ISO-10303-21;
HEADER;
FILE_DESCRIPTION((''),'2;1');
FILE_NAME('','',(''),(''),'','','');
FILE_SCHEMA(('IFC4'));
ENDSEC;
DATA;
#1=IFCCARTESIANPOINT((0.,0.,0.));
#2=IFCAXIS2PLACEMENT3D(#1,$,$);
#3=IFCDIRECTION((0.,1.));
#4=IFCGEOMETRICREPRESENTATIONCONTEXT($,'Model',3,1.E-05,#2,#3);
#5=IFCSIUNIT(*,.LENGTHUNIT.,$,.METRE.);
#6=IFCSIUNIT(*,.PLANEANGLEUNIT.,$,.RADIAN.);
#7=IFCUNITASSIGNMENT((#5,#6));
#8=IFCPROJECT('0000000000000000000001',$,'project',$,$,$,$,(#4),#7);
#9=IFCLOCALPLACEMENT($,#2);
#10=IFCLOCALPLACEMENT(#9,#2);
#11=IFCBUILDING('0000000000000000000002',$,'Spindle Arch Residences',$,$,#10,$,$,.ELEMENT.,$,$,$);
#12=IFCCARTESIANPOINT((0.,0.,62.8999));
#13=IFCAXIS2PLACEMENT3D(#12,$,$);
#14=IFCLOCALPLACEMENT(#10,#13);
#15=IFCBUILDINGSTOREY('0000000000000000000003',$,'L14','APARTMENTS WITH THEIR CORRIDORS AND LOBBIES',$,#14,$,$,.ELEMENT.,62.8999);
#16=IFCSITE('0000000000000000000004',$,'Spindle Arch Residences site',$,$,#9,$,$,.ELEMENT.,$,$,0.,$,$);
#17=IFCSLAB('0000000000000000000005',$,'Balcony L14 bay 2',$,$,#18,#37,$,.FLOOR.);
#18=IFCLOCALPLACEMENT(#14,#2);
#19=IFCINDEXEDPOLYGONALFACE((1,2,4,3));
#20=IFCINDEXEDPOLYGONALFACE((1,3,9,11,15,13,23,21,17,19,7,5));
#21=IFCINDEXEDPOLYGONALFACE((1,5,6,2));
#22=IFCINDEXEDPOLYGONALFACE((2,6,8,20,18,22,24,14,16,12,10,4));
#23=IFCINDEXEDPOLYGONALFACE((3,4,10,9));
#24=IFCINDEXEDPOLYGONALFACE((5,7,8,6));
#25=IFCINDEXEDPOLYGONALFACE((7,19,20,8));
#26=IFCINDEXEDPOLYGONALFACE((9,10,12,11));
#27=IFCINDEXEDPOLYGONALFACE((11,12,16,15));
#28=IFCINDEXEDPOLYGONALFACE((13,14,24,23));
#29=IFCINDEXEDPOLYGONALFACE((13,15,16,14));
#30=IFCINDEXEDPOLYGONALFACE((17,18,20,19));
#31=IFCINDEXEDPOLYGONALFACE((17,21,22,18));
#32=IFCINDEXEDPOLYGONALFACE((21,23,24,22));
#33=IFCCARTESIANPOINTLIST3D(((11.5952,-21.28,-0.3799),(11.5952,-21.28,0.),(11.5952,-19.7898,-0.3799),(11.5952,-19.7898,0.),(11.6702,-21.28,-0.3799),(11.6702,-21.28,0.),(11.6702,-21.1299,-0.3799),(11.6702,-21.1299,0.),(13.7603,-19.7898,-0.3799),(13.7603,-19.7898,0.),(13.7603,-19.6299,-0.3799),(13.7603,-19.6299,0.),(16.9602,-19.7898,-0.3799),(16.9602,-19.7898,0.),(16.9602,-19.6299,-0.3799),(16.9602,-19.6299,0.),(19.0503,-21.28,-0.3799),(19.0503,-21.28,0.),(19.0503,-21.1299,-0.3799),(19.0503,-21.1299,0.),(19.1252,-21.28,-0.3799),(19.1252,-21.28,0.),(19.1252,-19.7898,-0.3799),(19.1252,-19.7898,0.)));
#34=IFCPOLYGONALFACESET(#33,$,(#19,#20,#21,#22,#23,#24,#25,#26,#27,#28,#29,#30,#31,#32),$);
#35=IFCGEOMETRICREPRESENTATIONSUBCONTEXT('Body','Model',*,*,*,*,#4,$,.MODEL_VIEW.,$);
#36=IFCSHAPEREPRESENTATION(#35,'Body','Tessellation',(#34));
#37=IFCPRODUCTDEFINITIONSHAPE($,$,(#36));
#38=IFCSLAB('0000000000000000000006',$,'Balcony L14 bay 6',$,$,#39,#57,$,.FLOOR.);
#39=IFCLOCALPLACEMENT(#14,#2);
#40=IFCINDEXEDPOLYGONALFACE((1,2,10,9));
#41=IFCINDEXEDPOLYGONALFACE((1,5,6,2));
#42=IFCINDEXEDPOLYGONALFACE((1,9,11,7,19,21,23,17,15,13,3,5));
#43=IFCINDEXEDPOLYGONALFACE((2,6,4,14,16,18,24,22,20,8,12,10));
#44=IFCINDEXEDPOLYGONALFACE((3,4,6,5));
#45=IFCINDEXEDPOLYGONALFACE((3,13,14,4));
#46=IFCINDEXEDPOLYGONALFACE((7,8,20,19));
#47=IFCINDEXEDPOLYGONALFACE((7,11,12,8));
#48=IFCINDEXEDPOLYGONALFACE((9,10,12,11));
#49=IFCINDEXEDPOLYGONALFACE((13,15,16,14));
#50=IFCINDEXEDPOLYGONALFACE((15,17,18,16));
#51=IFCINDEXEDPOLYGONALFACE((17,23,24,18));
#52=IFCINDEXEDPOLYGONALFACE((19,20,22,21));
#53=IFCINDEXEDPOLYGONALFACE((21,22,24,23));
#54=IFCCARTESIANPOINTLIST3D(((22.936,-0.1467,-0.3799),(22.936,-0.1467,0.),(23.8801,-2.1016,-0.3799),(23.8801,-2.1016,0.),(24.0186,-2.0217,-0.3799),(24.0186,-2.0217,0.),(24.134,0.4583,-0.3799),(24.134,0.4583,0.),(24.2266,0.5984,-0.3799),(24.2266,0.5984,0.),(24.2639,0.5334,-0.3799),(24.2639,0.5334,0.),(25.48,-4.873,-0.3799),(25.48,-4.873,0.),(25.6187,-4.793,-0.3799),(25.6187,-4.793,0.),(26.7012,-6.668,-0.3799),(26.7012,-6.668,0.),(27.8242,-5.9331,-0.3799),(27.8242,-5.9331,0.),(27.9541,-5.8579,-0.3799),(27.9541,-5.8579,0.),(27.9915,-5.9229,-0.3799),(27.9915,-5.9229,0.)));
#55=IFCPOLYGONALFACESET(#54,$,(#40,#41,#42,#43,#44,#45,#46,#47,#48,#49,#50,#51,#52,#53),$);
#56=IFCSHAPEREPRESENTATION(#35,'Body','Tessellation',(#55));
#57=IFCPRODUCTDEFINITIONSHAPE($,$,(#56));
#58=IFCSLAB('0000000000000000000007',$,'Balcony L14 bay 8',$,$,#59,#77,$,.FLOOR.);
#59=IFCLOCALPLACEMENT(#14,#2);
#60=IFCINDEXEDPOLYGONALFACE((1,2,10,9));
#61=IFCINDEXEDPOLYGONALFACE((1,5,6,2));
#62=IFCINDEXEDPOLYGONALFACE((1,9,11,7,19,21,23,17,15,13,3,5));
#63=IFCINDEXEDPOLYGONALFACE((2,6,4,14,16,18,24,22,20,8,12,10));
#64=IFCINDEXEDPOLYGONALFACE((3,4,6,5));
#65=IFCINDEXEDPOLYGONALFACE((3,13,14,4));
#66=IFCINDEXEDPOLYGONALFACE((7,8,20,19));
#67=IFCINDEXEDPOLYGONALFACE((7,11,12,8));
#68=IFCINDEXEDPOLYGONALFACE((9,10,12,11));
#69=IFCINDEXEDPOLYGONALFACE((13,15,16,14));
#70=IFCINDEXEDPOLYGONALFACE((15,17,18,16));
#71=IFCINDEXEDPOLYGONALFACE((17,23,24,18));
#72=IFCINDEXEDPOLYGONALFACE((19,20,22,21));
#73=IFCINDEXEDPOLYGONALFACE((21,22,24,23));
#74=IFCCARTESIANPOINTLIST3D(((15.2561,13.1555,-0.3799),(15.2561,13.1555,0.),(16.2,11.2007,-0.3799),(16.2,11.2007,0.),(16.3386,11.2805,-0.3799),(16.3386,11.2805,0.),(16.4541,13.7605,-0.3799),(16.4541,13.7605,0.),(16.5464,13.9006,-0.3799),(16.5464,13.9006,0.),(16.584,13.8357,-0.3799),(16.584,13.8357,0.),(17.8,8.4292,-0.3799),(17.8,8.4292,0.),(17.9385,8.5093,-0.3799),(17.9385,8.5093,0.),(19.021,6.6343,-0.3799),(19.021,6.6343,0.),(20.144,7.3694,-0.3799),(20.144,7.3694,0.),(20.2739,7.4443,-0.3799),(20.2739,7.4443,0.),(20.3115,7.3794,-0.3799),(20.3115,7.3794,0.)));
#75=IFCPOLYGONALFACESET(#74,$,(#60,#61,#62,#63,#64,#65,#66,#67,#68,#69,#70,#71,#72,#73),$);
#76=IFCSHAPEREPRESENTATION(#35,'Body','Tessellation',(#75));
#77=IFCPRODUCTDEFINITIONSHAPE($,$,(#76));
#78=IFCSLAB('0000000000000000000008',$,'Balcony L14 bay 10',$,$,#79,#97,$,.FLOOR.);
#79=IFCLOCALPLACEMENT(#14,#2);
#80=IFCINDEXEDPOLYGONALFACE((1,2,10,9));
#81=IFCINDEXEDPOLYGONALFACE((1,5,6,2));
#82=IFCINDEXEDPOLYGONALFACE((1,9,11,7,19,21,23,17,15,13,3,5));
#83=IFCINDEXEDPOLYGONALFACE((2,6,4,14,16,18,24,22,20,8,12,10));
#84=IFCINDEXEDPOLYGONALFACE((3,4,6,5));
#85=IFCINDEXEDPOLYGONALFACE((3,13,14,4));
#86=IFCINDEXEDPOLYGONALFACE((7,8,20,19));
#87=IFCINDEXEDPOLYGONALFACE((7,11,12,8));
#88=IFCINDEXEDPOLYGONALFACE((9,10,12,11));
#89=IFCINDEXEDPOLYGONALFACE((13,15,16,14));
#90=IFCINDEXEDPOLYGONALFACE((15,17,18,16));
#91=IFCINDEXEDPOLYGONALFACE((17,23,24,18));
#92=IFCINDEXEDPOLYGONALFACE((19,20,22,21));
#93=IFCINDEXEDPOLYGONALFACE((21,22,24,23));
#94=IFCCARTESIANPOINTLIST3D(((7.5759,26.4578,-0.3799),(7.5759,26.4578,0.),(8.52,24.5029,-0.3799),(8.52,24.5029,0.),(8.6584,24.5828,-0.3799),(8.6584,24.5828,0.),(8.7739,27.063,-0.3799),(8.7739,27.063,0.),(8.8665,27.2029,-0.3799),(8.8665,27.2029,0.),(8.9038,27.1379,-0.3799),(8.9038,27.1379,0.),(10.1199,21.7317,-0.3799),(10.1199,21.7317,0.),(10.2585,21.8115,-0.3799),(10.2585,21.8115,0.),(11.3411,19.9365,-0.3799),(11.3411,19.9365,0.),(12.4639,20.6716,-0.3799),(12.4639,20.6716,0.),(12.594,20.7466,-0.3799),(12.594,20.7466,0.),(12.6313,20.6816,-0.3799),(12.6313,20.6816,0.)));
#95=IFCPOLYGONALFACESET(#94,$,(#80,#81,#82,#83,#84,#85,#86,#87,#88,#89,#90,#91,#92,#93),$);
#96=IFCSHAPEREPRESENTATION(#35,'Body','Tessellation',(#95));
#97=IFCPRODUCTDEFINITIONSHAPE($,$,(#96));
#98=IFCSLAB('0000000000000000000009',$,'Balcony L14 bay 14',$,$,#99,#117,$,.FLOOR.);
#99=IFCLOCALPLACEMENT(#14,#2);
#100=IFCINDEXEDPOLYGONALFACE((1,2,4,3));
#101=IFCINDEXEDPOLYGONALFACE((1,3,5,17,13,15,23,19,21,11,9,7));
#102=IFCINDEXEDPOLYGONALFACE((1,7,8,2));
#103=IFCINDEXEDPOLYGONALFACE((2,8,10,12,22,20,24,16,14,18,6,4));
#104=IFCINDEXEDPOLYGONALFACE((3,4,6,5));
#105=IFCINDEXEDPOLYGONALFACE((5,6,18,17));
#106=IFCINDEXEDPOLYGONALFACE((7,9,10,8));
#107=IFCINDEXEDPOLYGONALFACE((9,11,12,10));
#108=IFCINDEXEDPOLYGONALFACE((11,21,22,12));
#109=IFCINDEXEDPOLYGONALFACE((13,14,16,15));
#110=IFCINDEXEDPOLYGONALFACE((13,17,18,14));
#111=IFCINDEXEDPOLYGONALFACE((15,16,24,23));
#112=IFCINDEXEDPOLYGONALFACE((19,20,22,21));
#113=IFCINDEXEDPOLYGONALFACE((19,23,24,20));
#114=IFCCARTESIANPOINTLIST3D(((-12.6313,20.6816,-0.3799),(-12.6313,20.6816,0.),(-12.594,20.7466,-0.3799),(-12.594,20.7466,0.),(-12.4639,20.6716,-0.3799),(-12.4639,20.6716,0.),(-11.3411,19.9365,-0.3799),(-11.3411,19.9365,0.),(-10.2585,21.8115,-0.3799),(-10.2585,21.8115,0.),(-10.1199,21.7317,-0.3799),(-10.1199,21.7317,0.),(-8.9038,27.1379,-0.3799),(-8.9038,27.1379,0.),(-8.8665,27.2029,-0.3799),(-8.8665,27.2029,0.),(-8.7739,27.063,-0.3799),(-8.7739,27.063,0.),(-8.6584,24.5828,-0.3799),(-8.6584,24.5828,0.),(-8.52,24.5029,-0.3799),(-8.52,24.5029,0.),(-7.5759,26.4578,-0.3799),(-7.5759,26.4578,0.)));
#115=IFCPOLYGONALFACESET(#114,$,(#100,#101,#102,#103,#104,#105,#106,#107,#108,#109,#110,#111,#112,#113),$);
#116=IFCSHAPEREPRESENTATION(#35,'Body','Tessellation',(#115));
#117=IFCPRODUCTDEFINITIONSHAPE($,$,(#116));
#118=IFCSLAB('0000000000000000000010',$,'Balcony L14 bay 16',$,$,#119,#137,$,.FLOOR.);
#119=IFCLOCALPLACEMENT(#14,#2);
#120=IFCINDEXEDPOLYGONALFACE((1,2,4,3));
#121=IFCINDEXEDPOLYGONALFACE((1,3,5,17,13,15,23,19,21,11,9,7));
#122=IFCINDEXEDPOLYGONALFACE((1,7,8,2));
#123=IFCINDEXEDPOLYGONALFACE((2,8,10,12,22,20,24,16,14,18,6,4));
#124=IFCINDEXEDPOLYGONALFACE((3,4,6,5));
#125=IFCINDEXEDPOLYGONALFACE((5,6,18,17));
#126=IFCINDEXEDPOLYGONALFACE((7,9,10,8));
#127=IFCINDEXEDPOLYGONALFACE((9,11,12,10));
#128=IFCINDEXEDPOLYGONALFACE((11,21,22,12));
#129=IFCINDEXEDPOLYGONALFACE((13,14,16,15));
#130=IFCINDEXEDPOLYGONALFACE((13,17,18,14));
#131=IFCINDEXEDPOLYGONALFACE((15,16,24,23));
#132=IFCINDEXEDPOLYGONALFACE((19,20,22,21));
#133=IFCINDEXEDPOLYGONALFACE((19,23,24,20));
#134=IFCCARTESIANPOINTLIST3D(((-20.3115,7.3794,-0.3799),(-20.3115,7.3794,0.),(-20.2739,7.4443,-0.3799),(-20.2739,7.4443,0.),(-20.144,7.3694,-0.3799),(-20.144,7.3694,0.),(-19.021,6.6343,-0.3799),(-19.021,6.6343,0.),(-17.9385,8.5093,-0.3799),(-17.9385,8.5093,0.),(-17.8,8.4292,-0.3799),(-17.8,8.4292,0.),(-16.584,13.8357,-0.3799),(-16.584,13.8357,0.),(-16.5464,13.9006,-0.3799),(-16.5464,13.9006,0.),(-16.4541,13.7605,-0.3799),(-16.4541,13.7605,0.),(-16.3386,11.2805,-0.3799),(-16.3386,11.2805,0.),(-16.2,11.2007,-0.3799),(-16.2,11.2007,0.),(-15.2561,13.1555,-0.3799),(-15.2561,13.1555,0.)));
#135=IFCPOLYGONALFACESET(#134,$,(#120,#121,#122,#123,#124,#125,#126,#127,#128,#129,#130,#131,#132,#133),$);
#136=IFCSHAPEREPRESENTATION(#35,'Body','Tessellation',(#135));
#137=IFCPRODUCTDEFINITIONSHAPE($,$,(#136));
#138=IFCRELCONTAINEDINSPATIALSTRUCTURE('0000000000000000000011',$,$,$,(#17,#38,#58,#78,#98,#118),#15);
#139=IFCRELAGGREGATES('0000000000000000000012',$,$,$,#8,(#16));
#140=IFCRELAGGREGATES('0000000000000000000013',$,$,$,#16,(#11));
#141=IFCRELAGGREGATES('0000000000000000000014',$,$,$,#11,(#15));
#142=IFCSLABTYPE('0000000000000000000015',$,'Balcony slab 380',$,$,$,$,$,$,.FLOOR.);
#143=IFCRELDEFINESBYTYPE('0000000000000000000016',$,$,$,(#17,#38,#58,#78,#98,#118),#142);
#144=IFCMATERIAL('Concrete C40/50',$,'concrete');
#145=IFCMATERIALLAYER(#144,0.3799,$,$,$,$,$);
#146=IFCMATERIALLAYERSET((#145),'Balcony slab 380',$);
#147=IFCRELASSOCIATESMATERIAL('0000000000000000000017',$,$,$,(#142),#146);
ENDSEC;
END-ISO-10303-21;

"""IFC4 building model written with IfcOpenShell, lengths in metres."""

from ifc_helpers import new_model, si_unit, direction, frame, origin, place, context, subcontext, project, spatial, polyline, outline, extrude, material, layer, layer_set, type_object, element, save


model = new_model("IFC4")

# Units and contexts
model_context = context("Model", 3, precision=1e-05, world=origin(), true_north=direction((0.0, 1.0)))
body_context = subcontext(model_context, "Body", "Model", "MODEL_VIEW")
ifc_project = project(units=[si_unit("LENGTHUNIT", "METRE"), si_unit("PLANEANGLEUNIT", "RADIAN")], contexts=[model_context])

# Site, building, storey
site_placement = place(None, origin())
site = spatial("IfcSite", under=ifc_project, at=site_placement, Name="Spindle Arch Residences site", CompositionType="ELEMENT", RefElevation=0.0)
building_placement = place(site_placement, origin())
building = spatial("IfcBuilding", under=site, at=building_placement, Name="Spindle Arch Residences", CompositionType="ELEMENT")
storey_placement = place(building_placement, frame((0.0, 0.0, 62.8999)))
storey = spatial("IfcBuildingStorey", under=building, at=storey_placement, Name="L14", Description="APARTMENTS WITH THEIR CORRIDORS AND LOBBIES", CompositionType="ELEMENT", Elevation=62.8999)

# Slabs
ifc_material_1 = material(Name="Concrete C40/50", Category="concrete")
ifc_layer_1 = layer(ifc_material_1, 0.3799)
ifc_layer_set_1 = layer_set([ifc_layer_1], Name="Balcony slab 380")
slab_type_1 = type_object("IfcSlabType", Name="Balcony slab 380", PredefinedType="FLOOR", material=ifc_layer_set_1)
slab_1_placement = place(storey_placement, frame((0.0, 0.0, -0.3799)))
element("IfcSlab", 1, at=slab_1_placement, inside=storey, type_object=slab_type_1, Name="Balcony L14 bay 2", PredefinedType="FLOOR", context=body_context, shape_type="SweptSolid", body=[
    extrude(outline(polyline([(11.5952, -21.28), (11.6702, -21.28), (11.6702, -21.1299), (19.0503, -21.1299), (19.0503, -21.28), (19.1252, -21.28), (19.1252, -19.7898), (16.9602, -19.7898), (16.9602, -19.6299), (13.7603, -19.6299), (13.7603, -19.7898), (11.5952, -19.7898), (11.5952, -21.28)])), origin(), (0.0, 0.0, 1.0), 0.3799),
])
slab_2_placement = place(storey_placement, frame((0.0, 0.0, -0.3799)))
element("IfcSlab", 2, at=slab_2_placement, inside=storey, type_object=slab_type_1, Name="Balcony L14 bay 6", PredefinedType="FLOOR", context=body_context, shape_type="SweptSolid", body=[
    extrude(outline(polyline([(27.9915, -5.9229), (27.9541, -5.8579), (27.8242, -5.9331), (24.134, 0.4583), (24.2639, 0.5334), (24.2266, 0.5984), (22.936, -0.1467), (24.0186, -2.0217), (23.8801, -2.1016), (25.48, -4.873), (25.6187, -4.793), (26.7012, -6.668), (27.9915, -5.9229)])), origin(), (0.0, 0.0, 1.0), 0.3799),
])
slab_3_placement = place(storey_placement, frame((0.0, 0.0, -0.3799)))
element("IfcSlab", 3, at=slab_3_placement, inside=storey, type_object=slab_type_1, Name="Balcony L14 bay 8", PredefinedType="FLOOR", context=body_context, shape_type="SweptSolid", body=[
    extrude(outline(polyline([(20.3115, 7.3794), (20.2739, 7.4443), (20.144, 7.3694), (16.4541, 13.7605), (16.584, 13.8357), (16.5464, 13.9006), (15.2561, 13.1555), (16.3386, 11.2805), (16.2, 11.2007), (17.8, 8.4292), (17.9385, 8.5093), (19.021, 6.6343), (20.3115, 7.3794)])), origin(), (0.0, 0.0, 1.0), 0.3799),
])
slab_4_placement = place(storey_placement, frame((0.0, 0.0, -0.3799)))
element("IfcSlab", 4, at=slab_4_placement, inside=storey, type_object=slab_type_1, Name="Balcony L14 bay 10", PredefinedType="FLOOR", context=body_context, shape_type="SweptSolid", body=[
    extrude(outline(polyline([(12.6313, 20.6816), (12.594, 20.7466), (12.4639, 20.6716), (8.7739, 27.063), (8.9038, 27.1379), (8.8665, 27.2029), (7.5759, 26.4578), (8.6584, 24.5828), (8.52, 24.5029), (10.1199, 21.7317), (10.2585, 21.8115), (11.3411, 19.9365), (12.6313, 20.6816)])), origin(), (0.0, 0.0, 1.0), 0.3799),
])
slab_5_placement = place(storey_placement, frame((0.0, 0.0, -0.3799)))
element("IfcSlab", 5, at=slab_5_placement, inside=storey, type_object=slab_type_1, Name="Balcony L14 bay 14", PredefinedType="FLOOR", context=body_context, shape_type="SweptSolid", body=[
    extrude(outline(polyline([(-8.8665, 27.2029), (-8.9038, 27.1379), (-8.7739, 27.063), (-12.4639, 20.6716), (-12.594, 20.7466), (-12.6313, 20.6816), (-11.3411, 19.9365), (-10.2585, 21.8115), (-10.1199, 21.7317), (-8.52, 24.5029), (-8.6584, 24.5828), (-7.5759, 26.4578), (-8.8665, 27.2029)])), origin(), (0.0, 0.0, 1.0), 0.3799),
])
slab_6_placement = place(storey_placement, frame((0.0, 0.0, -0.3799)))
element("IfcSlab", 6, at=slab_6_placement, inside=storey, type_object=slab_type_1, Name="Balcony L14 bay 16", PredefinedType="FLOOR", context=body_context, shape_type="SweptSolid", body=[
    extrude(outline(polyline([(-16.5464, 13.9006), (-16.584, 13.8357), (-16.4541, 13.7605), (-20.144, 7.3694), (-20.2739, 7.4443), (-20.3115, 7.3794), (-19.021, 6.6343), (-17.9385, 8.5093), (-17.8, 8.4292), (-16.2, 11.2007), (-16.3386, 11.2805), (-15.2561, 13.1555), (-16.5464, 13.9006)])), origin(), (0.0, 0.0, 1.0), 0.3799),
])

save(model, "model.ifc")
